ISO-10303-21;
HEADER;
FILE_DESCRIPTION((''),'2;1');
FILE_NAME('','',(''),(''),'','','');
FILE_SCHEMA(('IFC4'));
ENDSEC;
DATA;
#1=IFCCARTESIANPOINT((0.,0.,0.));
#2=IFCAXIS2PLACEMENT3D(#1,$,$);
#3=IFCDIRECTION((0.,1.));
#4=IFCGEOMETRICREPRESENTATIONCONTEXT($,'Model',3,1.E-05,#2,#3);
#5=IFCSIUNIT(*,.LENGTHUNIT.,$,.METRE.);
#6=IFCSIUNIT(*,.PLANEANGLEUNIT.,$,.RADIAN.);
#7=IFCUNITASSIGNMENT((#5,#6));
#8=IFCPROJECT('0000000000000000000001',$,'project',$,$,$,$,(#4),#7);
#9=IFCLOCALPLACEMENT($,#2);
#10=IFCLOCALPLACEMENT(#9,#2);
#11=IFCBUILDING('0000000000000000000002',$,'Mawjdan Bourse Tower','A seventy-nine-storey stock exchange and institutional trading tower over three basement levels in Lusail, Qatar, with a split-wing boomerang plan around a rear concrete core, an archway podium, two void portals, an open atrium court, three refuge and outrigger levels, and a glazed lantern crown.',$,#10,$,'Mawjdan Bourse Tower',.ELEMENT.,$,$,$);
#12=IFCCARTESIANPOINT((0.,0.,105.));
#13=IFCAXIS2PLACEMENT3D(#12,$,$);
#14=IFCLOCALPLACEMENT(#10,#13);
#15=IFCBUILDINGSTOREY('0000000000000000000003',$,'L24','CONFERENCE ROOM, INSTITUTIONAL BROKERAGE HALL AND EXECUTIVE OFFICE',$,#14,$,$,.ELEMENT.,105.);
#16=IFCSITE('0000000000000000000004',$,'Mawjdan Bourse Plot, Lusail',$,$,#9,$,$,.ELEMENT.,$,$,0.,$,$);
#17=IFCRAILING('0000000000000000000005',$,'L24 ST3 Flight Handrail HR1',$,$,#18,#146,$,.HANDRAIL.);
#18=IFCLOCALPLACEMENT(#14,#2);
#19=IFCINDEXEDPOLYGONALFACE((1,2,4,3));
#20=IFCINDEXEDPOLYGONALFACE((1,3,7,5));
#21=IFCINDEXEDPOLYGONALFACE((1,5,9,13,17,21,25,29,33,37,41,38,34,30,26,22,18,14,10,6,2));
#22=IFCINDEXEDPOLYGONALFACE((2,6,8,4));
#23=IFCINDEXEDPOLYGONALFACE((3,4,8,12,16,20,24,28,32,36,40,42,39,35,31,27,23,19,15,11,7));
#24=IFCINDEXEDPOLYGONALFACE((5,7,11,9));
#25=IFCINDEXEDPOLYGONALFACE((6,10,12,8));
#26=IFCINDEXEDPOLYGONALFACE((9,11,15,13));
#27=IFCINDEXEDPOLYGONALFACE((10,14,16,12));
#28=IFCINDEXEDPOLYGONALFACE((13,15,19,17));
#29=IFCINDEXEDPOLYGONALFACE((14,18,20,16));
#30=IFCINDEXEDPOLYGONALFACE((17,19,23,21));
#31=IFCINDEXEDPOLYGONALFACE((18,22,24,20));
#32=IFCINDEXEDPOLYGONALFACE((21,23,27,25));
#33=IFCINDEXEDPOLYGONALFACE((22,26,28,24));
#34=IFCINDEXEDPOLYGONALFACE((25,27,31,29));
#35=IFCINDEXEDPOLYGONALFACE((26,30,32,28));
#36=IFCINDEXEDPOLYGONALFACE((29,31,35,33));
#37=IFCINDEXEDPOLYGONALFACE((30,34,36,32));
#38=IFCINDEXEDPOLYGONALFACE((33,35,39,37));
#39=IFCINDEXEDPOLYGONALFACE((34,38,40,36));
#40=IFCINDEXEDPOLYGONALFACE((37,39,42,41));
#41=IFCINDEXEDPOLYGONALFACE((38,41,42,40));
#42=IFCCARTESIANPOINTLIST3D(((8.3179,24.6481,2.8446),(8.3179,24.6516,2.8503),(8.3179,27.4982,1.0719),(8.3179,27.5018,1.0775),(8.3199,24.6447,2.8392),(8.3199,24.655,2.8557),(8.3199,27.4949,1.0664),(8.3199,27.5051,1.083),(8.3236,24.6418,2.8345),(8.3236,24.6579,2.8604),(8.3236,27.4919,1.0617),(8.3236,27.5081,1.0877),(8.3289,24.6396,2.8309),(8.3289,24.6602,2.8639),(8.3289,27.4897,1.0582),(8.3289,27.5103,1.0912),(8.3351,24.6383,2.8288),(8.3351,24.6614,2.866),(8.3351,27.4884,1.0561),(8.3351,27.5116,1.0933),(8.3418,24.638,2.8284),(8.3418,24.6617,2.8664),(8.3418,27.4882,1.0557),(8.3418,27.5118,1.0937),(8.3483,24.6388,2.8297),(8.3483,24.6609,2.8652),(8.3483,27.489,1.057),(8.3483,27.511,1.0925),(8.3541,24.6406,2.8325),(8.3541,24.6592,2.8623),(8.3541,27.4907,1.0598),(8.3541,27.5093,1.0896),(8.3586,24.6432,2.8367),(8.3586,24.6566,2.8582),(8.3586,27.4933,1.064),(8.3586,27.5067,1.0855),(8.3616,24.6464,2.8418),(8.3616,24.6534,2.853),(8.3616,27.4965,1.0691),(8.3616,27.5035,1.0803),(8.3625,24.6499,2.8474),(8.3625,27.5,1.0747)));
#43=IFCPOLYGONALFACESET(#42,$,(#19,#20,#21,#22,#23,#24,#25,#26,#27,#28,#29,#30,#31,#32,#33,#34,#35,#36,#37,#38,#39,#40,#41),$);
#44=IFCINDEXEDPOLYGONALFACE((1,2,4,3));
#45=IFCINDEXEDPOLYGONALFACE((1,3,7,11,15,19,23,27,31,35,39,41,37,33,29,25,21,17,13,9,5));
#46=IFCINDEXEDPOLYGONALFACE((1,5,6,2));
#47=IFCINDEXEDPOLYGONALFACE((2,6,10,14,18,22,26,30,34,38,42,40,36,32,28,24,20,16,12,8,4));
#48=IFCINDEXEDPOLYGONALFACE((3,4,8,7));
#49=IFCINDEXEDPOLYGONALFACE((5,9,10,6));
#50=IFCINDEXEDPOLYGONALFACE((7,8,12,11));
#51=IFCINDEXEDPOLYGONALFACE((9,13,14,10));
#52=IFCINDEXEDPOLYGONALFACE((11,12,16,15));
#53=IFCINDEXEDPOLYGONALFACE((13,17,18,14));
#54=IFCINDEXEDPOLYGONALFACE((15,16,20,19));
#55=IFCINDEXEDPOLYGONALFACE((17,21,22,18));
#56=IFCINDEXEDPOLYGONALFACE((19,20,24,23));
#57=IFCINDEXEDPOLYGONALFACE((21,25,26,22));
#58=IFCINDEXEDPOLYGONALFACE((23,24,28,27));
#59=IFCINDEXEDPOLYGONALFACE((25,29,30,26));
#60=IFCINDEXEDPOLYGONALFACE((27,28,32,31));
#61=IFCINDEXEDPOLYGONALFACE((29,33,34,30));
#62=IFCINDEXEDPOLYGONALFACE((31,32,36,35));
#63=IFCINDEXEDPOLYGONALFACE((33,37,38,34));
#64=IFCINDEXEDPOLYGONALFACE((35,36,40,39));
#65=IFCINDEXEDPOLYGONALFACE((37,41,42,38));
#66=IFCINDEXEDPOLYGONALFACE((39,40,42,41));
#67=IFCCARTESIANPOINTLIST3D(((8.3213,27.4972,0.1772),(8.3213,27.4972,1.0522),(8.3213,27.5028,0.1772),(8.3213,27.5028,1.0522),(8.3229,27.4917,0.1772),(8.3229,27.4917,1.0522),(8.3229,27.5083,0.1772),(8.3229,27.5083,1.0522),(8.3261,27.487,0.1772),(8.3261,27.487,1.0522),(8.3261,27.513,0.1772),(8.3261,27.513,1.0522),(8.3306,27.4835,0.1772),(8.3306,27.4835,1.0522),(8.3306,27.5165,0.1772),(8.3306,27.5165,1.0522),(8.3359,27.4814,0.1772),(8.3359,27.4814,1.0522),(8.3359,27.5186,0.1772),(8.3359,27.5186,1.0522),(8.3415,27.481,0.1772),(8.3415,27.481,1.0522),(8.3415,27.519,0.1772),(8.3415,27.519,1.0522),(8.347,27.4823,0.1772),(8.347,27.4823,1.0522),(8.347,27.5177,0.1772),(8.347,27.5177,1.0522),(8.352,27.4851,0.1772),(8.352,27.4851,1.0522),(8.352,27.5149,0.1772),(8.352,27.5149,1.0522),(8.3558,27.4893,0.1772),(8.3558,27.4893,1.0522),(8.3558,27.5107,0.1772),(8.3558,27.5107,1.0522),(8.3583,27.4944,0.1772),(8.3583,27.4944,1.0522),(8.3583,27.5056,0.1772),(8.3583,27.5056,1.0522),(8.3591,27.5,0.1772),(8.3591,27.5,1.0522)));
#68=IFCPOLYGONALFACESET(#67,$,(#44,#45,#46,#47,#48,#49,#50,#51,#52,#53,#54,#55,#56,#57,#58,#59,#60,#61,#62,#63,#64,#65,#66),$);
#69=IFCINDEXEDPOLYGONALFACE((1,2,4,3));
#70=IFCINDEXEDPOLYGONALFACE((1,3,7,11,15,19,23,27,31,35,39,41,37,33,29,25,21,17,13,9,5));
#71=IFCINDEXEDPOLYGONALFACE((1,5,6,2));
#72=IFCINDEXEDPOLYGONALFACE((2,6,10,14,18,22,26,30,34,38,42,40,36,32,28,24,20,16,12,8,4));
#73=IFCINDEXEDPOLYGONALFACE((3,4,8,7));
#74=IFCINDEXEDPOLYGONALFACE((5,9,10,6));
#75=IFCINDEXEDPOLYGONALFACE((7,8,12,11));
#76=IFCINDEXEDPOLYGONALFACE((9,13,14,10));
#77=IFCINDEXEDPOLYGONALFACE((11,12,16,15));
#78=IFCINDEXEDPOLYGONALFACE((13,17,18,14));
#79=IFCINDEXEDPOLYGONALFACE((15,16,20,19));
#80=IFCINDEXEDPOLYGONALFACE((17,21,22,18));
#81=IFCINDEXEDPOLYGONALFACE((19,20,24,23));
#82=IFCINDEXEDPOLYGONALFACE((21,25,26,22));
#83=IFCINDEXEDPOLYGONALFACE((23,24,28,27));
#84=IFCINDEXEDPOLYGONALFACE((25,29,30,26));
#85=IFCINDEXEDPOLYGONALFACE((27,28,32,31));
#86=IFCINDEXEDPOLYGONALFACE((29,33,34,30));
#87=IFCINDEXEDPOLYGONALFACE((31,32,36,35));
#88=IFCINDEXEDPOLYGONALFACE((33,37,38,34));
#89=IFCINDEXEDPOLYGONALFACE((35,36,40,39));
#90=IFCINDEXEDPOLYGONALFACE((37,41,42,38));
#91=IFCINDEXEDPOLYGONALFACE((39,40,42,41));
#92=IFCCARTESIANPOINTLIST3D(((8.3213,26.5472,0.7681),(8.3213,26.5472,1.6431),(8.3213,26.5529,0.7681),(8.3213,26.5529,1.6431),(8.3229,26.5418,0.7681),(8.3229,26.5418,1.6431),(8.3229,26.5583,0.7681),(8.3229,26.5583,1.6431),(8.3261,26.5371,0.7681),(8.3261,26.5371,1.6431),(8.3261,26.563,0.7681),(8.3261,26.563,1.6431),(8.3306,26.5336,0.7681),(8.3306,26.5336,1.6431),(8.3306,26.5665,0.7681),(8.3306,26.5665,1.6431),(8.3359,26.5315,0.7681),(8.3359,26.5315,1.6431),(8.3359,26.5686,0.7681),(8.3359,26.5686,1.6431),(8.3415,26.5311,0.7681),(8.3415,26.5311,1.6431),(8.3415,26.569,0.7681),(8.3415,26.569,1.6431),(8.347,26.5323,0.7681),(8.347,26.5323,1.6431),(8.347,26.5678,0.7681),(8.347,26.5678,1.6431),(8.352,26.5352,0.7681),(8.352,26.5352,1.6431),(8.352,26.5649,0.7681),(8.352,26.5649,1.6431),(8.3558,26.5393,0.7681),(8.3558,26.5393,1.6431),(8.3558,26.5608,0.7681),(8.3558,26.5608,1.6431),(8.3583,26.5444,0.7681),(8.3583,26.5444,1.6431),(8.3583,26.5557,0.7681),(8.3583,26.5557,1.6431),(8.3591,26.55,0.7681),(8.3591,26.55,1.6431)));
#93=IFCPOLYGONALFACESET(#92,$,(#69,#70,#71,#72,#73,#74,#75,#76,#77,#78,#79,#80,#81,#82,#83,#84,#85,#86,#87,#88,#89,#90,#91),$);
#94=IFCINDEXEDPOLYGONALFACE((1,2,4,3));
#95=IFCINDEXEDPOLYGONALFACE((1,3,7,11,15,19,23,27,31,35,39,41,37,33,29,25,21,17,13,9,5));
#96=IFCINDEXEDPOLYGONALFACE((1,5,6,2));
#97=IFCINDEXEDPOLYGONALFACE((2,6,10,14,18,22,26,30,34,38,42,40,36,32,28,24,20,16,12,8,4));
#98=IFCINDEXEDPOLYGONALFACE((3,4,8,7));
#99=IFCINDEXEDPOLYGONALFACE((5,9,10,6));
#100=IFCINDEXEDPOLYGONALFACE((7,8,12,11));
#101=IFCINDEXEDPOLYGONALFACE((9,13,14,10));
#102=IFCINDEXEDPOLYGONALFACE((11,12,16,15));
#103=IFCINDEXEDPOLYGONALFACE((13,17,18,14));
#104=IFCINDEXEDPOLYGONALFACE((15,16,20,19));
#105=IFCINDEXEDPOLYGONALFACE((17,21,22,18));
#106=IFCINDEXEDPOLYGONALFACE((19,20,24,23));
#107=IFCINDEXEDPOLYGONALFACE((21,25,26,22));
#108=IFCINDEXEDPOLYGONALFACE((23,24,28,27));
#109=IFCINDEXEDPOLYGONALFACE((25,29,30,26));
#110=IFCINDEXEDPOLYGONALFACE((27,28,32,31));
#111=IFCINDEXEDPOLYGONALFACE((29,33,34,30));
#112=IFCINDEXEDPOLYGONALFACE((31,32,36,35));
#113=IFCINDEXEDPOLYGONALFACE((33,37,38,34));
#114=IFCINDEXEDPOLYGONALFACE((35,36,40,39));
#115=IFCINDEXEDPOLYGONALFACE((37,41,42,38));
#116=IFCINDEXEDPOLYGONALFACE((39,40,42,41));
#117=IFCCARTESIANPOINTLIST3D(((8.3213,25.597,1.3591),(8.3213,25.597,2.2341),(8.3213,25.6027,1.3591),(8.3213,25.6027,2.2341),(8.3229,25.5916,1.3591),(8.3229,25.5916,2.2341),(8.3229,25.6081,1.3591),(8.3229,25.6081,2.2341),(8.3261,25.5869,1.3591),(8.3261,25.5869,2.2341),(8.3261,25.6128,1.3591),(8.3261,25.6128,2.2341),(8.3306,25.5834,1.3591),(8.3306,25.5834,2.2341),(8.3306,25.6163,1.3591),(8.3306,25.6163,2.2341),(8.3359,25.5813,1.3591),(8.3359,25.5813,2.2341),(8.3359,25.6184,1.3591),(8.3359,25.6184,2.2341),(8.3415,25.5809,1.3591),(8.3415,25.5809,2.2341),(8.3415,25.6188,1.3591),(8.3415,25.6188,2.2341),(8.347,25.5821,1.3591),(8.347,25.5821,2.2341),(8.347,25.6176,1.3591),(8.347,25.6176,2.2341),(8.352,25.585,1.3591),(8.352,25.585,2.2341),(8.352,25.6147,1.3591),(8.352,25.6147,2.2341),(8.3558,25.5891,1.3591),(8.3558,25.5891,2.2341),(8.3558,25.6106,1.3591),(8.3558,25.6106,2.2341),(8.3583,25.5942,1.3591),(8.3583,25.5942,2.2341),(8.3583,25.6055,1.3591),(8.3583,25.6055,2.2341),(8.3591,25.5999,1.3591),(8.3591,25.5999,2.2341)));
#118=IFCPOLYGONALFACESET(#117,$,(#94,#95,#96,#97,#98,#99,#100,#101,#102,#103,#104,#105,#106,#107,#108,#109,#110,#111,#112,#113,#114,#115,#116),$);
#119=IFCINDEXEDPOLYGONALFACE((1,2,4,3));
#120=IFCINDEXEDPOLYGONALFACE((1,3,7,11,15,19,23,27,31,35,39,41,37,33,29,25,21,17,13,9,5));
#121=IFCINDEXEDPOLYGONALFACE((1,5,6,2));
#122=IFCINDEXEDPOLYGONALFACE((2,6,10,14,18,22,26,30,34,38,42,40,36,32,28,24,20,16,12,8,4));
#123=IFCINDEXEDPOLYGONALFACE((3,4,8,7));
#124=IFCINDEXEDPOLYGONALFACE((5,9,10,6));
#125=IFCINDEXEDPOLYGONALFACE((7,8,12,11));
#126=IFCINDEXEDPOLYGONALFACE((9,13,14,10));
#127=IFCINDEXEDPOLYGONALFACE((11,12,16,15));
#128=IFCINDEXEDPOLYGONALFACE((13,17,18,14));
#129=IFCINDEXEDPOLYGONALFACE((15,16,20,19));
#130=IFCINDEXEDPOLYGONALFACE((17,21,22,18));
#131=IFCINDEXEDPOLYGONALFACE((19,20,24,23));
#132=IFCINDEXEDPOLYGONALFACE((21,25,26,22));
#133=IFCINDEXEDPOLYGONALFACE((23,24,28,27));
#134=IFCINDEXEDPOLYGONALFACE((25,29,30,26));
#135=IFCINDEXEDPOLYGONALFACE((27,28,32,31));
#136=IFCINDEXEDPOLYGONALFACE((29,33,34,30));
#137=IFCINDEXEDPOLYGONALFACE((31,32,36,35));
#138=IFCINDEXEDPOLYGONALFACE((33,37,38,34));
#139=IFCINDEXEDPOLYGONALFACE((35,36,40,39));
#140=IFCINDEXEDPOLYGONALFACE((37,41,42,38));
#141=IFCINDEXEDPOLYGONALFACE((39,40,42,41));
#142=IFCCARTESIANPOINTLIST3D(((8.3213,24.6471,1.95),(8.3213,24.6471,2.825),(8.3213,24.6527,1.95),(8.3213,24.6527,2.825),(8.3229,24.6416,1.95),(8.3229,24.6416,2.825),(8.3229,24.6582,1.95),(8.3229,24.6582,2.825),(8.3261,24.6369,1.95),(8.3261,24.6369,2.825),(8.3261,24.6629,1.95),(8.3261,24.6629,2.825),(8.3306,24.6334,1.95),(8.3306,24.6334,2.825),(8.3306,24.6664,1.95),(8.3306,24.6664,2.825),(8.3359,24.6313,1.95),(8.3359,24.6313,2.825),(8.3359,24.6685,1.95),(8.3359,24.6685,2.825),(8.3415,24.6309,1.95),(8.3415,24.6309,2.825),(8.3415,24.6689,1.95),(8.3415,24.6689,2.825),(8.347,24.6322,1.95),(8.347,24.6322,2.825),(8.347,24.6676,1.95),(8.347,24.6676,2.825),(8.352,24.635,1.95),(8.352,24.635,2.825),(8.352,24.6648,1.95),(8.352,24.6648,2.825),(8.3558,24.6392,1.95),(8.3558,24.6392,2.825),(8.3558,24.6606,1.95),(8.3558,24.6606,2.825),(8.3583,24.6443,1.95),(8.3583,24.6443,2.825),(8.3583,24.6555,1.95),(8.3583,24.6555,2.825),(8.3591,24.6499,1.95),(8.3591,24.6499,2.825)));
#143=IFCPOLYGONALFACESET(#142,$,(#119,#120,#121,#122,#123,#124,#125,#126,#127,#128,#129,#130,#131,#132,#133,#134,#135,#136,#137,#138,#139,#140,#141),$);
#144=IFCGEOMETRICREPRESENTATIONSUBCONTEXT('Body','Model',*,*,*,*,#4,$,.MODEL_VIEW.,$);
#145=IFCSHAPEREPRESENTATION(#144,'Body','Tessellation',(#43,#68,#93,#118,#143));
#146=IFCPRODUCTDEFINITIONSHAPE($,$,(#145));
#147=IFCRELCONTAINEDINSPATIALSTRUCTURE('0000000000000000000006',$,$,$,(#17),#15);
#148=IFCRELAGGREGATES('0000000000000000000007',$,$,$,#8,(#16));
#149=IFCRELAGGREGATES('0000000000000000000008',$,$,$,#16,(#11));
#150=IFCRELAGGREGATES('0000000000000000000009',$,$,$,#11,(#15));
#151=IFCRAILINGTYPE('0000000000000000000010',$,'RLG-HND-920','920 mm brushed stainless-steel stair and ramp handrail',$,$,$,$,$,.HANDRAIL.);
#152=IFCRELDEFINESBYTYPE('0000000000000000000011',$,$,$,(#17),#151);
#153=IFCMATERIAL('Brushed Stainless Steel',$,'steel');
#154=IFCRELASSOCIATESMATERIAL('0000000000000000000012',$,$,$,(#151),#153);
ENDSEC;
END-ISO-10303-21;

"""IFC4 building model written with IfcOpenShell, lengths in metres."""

from ifc_helpers import new_model, si_unit, direction, frame, origin, origin_2d, place, context, subcontext, project, spatial, circle, extrude, material, type_object, element, save


model = new_model("IFC4")

# Units and contexts
model_context = context("Model", 3, precision=1e-05, world=origin(), true_north=direction((0.0, 1.0)))
body_context = subcontext(model_context, "Body", "Model", "MODEL_VIEW")
ifc_project = project(units=[si_unit("LENGTHUNIT", "METRE"), si_unit("PLANEANGLEUNIT", "RADIAN")], contexts=[model_context])

# Site, building, storey
site_placement = place(None, origin())
site = spatial("IfcSite", under=ifc_project, at=site_placement, Name="Mawjdan Bourse Plot, Lusail", CompositionType="ELEMENT", RefElevation=0.0)
building_placement = place(site_placement, origin())
building = spatial("IfcBuilding", under=site, at=building_placement, Name="Mawjdan Bourse Tower", Description="A seventy-nine-storey stock exchange and institutional trading tower over three basement levels in Lusail, Qatar, with a split-wing boomerang plan around a rear concrete core, an archway podium, two void portals, an open atrium court, three refuge and outrigger levels, and a glazed lantern crown.", LongName="Mawjdan Bourse Tower", CompositionType="ELEMENT")
storey_placement = place(building_placement, frame((0.0, 0.0, 105.0)))
storey = spatial("IfcBuildingStorey", under=building, at=storey_placement, Name="L24", Description="CONFERENCE ROOM, INSTITUTIONAL BROKERAGE HALL AND EXECUTIVE OFFICE", CompositionType="ELEMENT", Elevation=105.0)

# Railing
ifc_material_1 = material(Name="Brushed Stainless Steel", Category="steel")
railing_type_1 = type_object("IfcRailingType", Name="RLG-HND-920", Description="920 mm brushed stainless-steel stair and ramp handrail", PredefinedType="HANDRAIL", material=ifc_material_1)
railing_1_placement = place(storey_placement, frame((8.3401, 27.5, 0.1772)))
element("IfcRailing", 1, at=railing_1_placement, inside=storey, type_object=railing_type_1, Name="L24 ST3 Flight Handrail HR1", PredefinedType="HANDRAIL", context=body_context, shape_type="SweptSolid", body=[
    extrude(circle(Radius=0.0225, at=origin_2d()), frame((0.0, 0.0, 0.8975), z_axis=(0.0, -0.849149, 0.528154), x_axis=(1.0, 0.0, 0.0)), (0.0, 0.0, 1.0), 3.3564),
    extrude(circle(Radius=0.019, at=origin_2d()), origin(), (0.0, 0.0, 1.0), 0.875),
    extrude(circle(Radius=0.019, at=origin_2d()), frame((0.0, -0.95, 0.5908)), (0.0, 0.0, 1.0), 0.875),
    extrude(circle(Radius=0.019, at=origin_2d()), frame((0.0, -1.9001, 1.1819)), (0.0, 0.0, 1.0), 0.875),
    extrude(circle(Radius=0.019, at=origin_2d()), frame((0.0, -2.8501, 1.7727)), (0.0, 0.0, 1.0), 0.875),
])

save(model, "model.ifc")
